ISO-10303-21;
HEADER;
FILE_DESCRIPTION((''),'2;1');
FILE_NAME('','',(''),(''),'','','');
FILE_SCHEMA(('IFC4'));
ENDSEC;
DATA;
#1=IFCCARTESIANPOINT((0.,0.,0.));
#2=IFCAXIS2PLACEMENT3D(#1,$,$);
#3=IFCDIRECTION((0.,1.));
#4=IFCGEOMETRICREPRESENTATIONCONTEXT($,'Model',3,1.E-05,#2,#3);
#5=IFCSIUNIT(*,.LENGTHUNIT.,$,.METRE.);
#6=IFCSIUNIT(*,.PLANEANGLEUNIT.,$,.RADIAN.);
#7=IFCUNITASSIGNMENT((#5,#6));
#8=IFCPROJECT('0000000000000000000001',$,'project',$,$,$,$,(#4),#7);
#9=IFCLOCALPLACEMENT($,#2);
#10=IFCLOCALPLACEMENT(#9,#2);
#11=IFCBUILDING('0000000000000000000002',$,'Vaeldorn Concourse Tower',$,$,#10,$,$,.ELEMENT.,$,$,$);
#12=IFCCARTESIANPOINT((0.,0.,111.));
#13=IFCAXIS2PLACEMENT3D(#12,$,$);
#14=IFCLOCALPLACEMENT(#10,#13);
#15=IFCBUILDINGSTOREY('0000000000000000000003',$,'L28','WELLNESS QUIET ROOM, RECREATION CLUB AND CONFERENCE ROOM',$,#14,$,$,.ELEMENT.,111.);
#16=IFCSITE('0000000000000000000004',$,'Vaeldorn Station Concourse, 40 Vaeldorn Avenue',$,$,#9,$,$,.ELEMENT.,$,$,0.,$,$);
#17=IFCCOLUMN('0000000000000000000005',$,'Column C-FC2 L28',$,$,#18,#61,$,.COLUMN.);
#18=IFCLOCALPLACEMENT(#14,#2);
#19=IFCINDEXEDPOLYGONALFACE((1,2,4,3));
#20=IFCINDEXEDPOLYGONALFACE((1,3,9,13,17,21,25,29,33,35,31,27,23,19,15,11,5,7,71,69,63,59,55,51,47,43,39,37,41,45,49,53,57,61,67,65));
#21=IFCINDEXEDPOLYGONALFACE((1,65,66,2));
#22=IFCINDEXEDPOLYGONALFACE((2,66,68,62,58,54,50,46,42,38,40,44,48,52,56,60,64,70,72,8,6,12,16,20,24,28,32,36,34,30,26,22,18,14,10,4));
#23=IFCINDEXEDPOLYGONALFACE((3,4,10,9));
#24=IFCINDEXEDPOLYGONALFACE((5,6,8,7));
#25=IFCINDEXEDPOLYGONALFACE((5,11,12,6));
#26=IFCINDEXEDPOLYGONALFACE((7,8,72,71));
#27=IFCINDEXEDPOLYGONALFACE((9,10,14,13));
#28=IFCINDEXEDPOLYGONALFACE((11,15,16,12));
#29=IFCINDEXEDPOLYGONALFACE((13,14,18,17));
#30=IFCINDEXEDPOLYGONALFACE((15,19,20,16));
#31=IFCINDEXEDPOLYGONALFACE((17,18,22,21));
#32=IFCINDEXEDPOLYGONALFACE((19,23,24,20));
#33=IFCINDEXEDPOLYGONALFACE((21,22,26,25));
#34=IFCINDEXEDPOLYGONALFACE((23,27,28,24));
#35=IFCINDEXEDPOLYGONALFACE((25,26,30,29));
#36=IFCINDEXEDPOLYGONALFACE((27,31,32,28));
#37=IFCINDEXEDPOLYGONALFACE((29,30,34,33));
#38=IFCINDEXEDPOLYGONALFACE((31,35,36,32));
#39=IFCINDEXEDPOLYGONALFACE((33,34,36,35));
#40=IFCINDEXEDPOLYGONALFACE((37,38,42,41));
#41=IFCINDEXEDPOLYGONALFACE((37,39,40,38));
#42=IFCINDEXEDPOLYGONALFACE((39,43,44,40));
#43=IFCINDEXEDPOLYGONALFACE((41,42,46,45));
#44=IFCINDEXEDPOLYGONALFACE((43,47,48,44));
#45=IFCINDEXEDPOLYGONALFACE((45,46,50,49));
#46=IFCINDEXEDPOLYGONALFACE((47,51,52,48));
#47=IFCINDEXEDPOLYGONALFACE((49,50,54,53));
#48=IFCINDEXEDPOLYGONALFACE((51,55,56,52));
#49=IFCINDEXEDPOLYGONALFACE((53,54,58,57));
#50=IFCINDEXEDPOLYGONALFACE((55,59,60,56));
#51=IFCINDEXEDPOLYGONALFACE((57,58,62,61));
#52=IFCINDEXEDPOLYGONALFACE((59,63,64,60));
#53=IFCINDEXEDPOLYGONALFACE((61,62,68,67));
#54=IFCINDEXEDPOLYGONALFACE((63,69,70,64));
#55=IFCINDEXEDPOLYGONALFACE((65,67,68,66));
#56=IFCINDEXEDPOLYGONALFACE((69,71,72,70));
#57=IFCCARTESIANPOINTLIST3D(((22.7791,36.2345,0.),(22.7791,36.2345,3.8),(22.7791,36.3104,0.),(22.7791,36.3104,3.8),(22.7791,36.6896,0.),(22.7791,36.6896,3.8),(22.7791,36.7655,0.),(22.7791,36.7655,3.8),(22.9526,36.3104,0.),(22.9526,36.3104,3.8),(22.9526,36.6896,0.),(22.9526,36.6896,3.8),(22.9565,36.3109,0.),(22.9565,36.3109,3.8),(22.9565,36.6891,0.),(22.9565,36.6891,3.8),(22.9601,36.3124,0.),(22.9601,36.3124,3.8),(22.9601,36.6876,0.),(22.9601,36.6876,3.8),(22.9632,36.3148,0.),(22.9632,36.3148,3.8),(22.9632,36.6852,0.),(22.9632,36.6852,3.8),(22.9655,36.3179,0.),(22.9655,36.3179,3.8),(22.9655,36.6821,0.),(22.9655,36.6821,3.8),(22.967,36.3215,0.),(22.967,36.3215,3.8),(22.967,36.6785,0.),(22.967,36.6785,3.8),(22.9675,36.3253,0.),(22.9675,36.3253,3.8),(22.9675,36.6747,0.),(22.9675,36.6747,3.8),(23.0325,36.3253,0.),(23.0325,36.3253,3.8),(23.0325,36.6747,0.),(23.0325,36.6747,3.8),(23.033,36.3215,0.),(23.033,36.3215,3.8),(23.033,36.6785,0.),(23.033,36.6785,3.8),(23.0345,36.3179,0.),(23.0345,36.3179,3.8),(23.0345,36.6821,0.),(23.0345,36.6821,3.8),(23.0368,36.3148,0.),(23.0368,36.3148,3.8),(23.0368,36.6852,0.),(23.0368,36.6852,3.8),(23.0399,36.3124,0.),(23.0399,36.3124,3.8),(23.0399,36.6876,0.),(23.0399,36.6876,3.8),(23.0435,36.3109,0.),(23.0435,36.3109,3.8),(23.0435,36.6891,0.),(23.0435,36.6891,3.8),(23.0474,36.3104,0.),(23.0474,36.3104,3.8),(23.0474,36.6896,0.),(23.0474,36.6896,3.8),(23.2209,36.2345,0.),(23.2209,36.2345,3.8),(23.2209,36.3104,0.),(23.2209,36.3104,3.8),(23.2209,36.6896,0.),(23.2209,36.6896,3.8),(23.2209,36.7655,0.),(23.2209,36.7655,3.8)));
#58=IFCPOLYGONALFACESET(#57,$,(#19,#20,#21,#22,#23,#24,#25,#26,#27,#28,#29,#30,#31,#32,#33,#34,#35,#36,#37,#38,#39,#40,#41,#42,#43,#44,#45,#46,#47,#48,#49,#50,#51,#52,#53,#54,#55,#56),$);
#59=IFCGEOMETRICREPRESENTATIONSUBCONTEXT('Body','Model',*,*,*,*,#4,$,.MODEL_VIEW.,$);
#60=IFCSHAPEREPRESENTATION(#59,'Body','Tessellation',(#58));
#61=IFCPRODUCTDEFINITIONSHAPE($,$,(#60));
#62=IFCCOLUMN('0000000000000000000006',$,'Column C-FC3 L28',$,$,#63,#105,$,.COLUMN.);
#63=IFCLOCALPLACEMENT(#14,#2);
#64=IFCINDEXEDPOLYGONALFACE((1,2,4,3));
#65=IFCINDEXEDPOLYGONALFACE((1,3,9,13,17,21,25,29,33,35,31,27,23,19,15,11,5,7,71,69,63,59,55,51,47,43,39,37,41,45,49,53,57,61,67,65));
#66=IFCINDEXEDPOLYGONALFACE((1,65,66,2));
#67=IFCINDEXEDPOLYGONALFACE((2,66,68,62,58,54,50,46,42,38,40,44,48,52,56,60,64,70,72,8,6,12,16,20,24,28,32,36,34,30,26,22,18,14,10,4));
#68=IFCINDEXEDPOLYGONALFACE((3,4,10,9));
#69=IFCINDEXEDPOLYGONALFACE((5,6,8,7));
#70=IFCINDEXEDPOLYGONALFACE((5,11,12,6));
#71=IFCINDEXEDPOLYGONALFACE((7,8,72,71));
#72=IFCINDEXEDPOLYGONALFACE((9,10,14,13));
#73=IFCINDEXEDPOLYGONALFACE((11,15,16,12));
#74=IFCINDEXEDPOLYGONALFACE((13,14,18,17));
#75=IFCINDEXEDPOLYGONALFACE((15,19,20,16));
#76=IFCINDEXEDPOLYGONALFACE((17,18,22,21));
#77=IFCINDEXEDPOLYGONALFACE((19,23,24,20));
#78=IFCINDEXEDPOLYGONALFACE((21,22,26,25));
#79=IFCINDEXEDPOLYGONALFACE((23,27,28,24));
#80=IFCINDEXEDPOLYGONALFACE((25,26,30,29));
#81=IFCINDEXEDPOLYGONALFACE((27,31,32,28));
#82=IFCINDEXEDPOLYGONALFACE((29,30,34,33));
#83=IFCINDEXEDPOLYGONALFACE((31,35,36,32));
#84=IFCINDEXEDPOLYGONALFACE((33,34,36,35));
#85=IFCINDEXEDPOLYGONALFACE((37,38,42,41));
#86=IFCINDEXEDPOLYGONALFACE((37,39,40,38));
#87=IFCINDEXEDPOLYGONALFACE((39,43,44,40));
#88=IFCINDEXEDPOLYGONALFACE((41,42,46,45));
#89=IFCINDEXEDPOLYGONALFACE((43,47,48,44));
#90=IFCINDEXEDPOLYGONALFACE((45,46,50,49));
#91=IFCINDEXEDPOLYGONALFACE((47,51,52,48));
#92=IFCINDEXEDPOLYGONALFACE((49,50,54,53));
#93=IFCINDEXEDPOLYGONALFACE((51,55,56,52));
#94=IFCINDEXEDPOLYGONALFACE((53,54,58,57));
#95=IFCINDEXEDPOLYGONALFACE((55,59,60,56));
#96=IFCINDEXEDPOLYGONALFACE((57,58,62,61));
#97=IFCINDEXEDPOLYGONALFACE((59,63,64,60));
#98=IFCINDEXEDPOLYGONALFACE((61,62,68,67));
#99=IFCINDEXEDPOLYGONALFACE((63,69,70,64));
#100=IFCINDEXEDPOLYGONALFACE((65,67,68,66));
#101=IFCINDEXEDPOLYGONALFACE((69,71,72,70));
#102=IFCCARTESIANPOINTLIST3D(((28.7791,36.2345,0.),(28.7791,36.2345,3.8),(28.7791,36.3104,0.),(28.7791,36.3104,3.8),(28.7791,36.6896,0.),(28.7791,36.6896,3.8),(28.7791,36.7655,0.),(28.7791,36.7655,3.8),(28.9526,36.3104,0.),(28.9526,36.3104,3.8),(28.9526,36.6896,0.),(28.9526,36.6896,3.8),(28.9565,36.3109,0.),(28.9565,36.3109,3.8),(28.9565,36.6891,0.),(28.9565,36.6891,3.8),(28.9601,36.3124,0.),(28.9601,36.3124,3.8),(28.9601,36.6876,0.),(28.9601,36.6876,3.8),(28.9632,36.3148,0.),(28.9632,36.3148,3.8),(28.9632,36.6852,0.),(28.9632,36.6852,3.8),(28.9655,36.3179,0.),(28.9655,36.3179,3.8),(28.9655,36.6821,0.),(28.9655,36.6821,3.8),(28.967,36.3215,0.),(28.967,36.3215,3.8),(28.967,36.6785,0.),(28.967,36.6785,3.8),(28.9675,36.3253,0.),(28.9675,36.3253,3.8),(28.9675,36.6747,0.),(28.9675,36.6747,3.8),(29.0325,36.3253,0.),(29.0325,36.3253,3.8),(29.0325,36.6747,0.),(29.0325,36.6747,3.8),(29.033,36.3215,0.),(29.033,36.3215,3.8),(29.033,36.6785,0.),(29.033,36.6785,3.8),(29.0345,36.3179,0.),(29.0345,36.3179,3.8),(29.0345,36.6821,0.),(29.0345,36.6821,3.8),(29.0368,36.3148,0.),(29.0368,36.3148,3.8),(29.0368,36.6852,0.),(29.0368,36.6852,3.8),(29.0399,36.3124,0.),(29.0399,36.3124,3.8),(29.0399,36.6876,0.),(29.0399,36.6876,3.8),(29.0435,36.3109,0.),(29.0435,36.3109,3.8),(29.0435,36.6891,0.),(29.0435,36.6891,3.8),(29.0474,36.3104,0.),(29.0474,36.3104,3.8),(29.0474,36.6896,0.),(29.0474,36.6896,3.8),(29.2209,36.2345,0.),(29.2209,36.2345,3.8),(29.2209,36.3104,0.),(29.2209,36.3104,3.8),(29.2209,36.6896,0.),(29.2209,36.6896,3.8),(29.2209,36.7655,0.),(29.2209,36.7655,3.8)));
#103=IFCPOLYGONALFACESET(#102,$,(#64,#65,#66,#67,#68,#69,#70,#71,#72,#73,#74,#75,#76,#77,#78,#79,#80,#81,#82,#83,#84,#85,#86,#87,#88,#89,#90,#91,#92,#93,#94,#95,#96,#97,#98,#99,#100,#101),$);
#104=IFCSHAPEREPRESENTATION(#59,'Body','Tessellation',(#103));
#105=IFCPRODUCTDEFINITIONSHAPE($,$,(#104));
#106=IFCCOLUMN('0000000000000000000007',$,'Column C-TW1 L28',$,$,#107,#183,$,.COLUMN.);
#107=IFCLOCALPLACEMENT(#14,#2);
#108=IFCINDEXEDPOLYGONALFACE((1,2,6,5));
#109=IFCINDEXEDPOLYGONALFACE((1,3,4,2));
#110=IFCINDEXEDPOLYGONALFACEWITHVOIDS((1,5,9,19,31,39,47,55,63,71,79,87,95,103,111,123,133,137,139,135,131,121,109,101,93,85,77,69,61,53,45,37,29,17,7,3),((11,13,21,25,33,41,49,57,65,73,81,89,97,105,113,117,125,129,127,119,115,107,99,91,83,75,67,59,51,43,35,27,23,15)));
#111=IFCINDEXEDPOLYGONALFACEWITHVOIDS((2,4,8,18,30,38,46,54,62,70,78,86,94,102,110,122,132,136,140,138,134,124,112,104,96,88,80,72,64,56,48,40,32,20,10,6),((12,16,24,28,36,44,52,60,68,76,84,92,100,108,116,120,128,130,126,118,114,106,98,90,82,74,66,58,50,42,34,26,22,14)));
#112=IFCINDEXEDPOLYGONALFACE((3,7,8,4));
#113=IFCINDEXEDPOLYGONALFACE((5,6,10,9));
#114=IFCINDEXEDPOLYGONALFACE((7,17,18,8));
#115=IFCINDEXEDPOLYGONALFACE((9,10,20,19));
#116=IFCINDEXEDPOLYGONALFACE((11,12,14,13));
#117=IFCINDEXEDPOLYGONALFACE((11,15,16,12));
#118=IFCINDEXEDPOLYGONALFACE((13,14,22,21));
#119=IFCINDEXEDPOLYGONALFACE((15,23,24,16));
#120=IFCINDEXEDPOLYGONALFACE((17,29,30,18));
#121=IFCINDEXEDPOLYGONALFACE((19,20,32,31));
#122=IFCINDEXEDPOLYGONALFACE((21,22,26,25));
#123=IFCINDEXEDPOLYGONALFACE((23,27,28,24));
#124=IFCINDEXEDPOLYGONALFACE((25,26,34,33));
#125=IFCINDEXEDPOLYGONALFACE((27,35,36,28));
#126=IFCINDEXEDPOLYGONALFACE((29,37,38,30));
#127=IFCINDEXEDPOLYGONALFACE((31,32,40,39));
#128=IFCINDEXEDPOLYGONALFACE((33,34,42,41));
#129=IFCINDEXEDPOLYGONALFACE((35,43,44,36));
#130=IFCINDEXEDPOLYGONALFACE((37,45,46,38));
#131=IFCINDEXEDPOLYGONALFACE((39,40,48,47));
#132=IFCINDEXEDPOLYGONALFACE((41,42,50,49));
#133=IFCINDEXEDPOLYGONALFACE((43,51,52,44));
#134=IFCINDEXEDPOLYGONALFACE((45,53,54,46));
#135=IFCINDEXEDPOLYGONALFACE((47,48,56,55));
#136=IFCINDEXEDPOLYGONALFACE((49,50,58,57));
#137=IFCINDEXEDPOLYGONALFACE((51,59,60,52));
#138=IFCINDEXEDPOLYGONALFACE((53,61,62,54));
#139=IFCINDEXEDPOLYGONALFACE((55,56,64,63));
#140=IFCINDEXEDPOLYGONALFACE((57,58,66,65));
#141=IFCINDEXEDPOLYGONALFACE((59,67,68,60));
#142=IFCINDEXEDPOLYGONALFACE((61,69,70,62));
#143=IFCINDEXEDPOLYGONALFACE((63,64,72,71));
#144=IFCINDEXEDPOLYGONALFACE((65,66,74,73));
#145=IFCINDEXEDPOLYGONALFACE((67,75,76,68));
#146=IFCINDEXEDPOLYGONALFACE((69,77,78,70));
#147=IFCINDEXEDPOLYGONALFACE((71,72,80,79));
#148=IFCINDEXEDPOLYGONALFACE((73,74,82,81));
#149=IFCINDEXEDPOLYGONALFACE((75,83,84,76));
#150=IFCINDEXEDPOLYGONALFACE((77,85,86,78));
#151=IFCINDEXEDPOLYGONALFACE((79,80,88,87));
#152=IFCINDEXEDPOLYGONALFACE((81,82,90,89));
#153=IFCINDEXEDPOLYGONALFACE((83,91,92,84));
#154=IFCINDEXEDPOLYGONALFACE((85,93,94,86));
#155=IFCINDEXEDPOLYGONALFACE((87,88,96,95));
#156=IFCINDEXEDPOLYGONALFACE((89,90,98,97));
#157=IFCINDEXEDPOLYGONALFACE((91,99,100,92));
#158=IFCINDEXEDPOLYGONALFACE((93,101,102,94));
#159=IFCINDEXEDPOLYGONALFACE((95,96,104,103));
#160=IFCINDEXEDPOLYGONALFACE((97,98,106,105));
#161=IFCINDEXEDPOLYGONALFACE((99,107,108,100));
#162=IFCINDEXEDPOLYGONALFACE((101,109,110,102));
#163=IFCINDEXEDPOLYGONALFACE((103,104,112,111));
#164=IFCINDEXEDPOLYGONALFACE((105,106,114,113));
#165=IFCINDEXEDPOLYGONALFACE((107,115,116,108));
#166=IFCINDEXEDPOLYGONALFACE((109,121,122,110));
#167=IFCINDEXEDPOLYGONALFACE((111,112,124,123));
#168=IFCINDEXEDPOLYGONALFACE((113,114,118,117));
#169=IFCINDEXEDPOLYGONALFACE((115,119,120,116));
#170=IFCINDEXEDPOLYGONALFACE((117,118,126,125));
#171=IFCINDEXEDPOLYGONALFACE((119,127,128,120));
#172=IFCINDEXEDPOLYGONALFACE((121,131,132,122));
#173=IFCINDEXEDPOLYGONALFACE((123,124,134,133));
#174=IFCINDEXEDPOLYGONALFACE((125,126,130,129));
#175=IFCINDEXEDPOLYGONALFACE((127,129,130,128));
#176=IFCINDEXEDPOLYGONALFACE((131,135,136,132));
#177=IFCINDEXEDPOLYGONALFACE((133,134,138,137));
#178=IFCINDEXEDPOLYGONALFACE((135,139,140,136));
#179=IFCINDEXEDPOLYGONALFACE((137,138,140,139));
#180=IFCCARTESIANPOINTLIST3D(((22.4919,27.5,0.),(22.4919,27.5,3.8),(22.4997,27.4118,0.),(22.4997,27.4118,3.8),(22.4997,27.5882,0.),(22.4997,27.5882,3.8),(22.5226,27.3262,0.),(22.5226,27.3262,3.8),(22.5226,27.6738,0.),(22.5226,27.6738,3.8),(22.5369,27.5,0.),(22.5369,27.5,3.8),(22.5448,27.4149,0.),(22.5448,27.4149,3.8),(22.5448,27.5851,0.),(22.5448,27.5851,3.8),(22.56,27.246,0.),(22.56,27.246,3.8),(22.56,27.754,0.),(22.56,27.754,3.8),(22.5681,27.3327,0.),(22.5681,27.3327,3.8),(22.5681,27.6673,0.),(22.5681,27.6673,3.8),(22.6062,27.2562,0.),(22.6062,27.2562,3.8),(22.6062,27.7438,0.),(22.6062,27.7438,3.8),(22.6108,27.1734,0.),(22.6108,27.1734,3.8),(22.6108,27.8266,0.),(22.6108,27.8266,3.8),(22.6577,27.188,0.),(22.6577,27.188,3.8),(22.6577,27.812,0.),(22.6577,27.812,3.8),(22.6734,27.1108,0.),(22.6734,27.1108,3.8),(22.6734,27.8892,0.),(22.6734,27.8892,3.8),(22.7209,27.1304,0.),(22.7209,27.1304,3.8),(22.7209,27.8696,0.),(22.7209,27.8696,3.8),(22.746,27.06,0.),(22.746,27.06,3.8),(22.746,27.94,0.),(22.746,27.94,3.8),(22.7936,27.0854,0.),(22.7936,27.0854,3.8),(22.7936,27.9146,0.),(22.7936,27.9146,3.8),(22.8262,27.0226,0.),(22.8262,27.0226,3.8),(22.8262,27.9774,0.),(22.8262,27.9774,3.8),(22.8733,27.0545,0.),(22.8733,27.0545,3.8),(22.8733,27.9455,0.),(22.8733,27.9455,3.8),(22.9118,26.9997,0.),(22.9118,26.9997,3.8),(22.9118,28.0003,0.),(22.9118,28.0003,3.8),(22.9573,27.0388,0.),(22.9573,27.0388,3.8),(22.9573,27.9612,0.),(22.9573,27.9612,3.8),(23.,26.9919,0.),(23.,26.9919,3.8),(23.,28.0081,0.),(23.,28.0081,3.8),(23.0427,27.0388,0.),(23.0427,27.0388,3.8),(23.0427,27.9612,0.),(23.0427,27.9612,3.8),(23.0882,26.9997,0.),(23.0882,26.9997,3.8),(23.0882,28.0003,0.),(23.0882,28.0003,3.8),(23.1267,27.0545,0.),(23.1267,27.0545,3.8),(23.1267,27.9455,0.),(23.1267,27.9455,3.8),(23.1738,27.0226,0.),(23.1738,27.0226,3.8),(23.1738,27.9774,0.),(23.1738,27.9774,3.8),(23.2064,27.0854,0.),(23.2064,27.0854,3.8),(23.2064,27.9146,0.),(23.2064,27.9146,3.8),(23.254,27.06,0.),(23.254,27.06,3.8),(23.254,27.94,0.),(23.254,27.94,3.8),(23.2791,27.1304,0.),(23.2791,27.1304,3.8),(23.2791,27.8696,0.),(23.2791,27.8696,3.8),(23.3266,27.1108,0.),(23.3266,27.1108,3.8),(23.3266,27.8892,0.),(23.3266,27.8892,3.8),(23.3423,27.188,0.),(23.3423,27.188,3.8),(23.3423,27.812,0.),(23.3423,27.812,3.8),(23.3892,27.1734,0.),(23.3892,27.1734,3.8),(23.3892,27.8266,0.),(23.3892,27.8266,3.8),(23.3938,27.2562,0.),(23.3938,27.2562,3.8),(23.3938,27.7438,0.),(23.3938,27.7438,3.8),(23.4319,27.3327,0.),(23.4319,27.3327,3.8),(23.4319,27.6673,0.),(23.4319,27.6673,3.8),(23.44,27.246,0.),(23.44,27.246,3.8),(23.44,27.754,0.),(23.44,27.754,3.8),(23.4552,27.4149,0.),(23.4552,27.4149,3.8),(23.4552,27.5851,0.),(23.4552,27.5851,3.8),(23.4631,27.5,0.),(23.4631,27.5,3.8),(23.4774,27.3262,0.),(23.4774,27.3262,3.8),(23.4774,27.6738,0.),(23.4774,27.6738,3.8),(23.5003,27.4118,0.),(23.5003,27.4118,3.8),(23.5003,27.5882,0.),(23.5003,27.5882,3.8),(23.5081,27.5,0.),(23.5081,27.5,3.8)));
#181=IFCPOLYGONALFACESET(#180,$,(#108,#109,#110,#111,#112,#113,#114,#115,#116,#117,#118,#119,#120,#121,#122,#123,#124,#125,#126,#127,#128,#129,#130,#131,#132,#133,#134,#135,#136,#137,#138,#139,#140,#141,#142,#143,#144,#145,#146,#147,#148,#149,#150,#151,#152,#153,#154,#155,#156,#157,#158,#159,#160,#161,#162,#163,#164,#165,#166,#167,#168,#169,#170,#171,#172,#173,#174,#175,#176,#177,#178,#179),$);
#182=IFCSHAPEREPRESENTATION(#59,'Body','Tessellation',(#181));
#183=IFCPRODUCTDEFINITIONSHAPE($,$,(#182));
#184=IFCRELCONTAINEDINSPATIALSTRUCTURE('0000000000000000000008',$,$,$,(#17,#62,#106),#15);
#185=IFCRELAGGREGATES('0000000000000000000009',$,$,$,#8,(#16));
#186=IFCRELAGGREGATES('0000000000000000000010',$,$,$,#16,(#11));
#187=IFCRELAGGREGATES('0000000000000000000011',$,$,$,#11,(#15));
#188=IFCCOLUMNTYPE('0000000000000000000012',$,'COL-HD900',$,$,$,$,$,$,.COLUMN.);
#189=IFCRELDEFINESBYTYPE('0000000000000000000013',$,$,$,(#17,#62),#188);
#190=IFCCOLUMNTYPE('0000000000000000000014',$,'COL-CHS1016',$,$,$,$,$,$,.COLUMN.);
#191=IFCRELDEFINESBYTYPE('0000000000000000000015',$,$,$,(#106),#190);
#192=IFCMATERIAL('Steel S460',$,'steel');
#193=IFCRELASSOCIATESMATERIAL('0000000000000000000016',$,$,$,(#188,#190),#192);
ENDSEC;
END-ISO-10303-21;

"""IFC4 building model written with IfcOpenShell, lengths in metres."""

from ifc_helpers import new_model, si_unit, direction, frame, origin, origin_2d, place, context, subcontext, project, spatial, hollow_circle, i_section, extrude, source, transform, mapped, material, material_profile, profile_set, type_object, element, save


model = new_model("IFC4")

# Units and contexts
model_context = context("Model", 3, precision=1e-05, world=origin(), true_north=direction((0.0, 1.0)))
body_context = subcontext(model_context, "Body", "Model", "MODEL_VIEW")
ifc_project = project(units=[si_unit("LENGTHUNIT", "METRE"), si_unit("PLANEANGLEUNIT", "RADIAN")], contexts=[model_context])

# Site, building, storey
site_placement = place(None, origin())
site = spatial("IfcSite", under=ifc_project, at=site_placement, Name="Vaeldorn Station Concourse, 40 Vaeldorn Avenue", CompositionType="ELEMENT", RefElevation=0.0)
building_placement = place(site_placement, origin())
building = spatial("IfcBuilding", under=site, at=building_placement, Name="Vaeldorn Concourse Tower", CompositionType="ELEMENT")
storey_placement = place(building_placement, frame((0.0, 0.0, 111.0)))
storey = spatial("IfcBuildingStorey", under=building, at=storey_placement, Name="L28", Description="WELLNESS QUIET ROOM, RECREATION CLUB AND CONFERENCE ROOM", CompositionType="ELEMENT", Elevation=111.0)

# Columns
ifc_material_1 = material(Name="Steel S460", Category="steel")
ifc_material_profile_1 = material_profile(ifc_material_1, i_section(OverallWidth=0.4419, OverallDepth=0.531, WebThickness=0.0649, FlangeThickness=0.0759, FilletRadius=0.0149, at=origin_2d()), Name="HD 400x900")
ifc_profile_set_1 = profile_set([ifc_material_profile_1], Name="Steel S460")
column_type_1 = type_object("IfcColumnType", Name="COL-HD900", PredefinedType="COLUMN", material=ifc_profile_set_1)
shared_shape_1 = source(origin(), body_context, "Body", "SweptSolid", [
    extrude(i_section(OverallWidth=0.4419, OverallDepth=0.531, WebThickness=0.0649, FlangeThickness=0.0759, FilletRadius=0.0149, at=origin_2d()), origin(), (0.0, 0.0, 1.0), 3.8),
])
for number, where, z_axis, x_axis, name in (
    (1, (23.0, 36.5, 0.0), (0.0, 0.0, 1.0), (1.0, 0.0, 0.0), "Column C-FC2 L28"),
    (2, (29.0, 36.5, 0.0), (0.0, 0.0, 1.0), (1.0, 0.0, 0.0), "Column C-FC3 L28"),
):
    element("IfcColumn", number, at=place(storey_placement, frame(where, z_axis=z_axis, x_axis=x_axis)), inside=storey, type_object=column_type_1, Name=name, PredefinedType="COLUMN", context=body_context, shape_type="MappedRepresentation", body=[
        mapped(shared_shape_1, transform((0.0, 0.0, 0.0), scale=1.0)),
    ])
ifc_material_profile_2 = material_profile(ifc_material_1, hollow_circle(Radius=0.5081, WallThickness=0.0449, at=origin_2d()), Name="CHS 1016x45")
ifc_profile_set_2 = profile_set([ifc_material_profile_2], Name="Steel S460")
column_type_2 = type_object("IfcColumnType", Name="COL-CHS1016", PredefinedType="COLUMN", material=ifc_profile_set_2)
shared_shape_2 = source(origin(), body_context, "Body", "SweptSolid", [
    extrude(hollow_circle(Radius=0.5081, WallThickness=0.0449, at=origin_2d()), origin(), (0.0, 0.0, 1.0), 3.8),
])
column_1_placement = place(storey_placement, frame((23.0, 27.5, 0.0), z_axis=(0.0, 0.0, 1.0), x_axis=(1.0, 0.0, 0.0)))
element("IfcColumn", 3, at=column_1_placement, inside=storey, type_object=column_type_2, Name="Column C-TW1 L28", PredefinedType="COLUMN", context=body_context, shape_type="MappedRepresentation", body=[
    mapped(shared_shape_2, transform((0.0, 0.0, 0.0), scale=1.0)),
])

save(model, "model.ifc")
